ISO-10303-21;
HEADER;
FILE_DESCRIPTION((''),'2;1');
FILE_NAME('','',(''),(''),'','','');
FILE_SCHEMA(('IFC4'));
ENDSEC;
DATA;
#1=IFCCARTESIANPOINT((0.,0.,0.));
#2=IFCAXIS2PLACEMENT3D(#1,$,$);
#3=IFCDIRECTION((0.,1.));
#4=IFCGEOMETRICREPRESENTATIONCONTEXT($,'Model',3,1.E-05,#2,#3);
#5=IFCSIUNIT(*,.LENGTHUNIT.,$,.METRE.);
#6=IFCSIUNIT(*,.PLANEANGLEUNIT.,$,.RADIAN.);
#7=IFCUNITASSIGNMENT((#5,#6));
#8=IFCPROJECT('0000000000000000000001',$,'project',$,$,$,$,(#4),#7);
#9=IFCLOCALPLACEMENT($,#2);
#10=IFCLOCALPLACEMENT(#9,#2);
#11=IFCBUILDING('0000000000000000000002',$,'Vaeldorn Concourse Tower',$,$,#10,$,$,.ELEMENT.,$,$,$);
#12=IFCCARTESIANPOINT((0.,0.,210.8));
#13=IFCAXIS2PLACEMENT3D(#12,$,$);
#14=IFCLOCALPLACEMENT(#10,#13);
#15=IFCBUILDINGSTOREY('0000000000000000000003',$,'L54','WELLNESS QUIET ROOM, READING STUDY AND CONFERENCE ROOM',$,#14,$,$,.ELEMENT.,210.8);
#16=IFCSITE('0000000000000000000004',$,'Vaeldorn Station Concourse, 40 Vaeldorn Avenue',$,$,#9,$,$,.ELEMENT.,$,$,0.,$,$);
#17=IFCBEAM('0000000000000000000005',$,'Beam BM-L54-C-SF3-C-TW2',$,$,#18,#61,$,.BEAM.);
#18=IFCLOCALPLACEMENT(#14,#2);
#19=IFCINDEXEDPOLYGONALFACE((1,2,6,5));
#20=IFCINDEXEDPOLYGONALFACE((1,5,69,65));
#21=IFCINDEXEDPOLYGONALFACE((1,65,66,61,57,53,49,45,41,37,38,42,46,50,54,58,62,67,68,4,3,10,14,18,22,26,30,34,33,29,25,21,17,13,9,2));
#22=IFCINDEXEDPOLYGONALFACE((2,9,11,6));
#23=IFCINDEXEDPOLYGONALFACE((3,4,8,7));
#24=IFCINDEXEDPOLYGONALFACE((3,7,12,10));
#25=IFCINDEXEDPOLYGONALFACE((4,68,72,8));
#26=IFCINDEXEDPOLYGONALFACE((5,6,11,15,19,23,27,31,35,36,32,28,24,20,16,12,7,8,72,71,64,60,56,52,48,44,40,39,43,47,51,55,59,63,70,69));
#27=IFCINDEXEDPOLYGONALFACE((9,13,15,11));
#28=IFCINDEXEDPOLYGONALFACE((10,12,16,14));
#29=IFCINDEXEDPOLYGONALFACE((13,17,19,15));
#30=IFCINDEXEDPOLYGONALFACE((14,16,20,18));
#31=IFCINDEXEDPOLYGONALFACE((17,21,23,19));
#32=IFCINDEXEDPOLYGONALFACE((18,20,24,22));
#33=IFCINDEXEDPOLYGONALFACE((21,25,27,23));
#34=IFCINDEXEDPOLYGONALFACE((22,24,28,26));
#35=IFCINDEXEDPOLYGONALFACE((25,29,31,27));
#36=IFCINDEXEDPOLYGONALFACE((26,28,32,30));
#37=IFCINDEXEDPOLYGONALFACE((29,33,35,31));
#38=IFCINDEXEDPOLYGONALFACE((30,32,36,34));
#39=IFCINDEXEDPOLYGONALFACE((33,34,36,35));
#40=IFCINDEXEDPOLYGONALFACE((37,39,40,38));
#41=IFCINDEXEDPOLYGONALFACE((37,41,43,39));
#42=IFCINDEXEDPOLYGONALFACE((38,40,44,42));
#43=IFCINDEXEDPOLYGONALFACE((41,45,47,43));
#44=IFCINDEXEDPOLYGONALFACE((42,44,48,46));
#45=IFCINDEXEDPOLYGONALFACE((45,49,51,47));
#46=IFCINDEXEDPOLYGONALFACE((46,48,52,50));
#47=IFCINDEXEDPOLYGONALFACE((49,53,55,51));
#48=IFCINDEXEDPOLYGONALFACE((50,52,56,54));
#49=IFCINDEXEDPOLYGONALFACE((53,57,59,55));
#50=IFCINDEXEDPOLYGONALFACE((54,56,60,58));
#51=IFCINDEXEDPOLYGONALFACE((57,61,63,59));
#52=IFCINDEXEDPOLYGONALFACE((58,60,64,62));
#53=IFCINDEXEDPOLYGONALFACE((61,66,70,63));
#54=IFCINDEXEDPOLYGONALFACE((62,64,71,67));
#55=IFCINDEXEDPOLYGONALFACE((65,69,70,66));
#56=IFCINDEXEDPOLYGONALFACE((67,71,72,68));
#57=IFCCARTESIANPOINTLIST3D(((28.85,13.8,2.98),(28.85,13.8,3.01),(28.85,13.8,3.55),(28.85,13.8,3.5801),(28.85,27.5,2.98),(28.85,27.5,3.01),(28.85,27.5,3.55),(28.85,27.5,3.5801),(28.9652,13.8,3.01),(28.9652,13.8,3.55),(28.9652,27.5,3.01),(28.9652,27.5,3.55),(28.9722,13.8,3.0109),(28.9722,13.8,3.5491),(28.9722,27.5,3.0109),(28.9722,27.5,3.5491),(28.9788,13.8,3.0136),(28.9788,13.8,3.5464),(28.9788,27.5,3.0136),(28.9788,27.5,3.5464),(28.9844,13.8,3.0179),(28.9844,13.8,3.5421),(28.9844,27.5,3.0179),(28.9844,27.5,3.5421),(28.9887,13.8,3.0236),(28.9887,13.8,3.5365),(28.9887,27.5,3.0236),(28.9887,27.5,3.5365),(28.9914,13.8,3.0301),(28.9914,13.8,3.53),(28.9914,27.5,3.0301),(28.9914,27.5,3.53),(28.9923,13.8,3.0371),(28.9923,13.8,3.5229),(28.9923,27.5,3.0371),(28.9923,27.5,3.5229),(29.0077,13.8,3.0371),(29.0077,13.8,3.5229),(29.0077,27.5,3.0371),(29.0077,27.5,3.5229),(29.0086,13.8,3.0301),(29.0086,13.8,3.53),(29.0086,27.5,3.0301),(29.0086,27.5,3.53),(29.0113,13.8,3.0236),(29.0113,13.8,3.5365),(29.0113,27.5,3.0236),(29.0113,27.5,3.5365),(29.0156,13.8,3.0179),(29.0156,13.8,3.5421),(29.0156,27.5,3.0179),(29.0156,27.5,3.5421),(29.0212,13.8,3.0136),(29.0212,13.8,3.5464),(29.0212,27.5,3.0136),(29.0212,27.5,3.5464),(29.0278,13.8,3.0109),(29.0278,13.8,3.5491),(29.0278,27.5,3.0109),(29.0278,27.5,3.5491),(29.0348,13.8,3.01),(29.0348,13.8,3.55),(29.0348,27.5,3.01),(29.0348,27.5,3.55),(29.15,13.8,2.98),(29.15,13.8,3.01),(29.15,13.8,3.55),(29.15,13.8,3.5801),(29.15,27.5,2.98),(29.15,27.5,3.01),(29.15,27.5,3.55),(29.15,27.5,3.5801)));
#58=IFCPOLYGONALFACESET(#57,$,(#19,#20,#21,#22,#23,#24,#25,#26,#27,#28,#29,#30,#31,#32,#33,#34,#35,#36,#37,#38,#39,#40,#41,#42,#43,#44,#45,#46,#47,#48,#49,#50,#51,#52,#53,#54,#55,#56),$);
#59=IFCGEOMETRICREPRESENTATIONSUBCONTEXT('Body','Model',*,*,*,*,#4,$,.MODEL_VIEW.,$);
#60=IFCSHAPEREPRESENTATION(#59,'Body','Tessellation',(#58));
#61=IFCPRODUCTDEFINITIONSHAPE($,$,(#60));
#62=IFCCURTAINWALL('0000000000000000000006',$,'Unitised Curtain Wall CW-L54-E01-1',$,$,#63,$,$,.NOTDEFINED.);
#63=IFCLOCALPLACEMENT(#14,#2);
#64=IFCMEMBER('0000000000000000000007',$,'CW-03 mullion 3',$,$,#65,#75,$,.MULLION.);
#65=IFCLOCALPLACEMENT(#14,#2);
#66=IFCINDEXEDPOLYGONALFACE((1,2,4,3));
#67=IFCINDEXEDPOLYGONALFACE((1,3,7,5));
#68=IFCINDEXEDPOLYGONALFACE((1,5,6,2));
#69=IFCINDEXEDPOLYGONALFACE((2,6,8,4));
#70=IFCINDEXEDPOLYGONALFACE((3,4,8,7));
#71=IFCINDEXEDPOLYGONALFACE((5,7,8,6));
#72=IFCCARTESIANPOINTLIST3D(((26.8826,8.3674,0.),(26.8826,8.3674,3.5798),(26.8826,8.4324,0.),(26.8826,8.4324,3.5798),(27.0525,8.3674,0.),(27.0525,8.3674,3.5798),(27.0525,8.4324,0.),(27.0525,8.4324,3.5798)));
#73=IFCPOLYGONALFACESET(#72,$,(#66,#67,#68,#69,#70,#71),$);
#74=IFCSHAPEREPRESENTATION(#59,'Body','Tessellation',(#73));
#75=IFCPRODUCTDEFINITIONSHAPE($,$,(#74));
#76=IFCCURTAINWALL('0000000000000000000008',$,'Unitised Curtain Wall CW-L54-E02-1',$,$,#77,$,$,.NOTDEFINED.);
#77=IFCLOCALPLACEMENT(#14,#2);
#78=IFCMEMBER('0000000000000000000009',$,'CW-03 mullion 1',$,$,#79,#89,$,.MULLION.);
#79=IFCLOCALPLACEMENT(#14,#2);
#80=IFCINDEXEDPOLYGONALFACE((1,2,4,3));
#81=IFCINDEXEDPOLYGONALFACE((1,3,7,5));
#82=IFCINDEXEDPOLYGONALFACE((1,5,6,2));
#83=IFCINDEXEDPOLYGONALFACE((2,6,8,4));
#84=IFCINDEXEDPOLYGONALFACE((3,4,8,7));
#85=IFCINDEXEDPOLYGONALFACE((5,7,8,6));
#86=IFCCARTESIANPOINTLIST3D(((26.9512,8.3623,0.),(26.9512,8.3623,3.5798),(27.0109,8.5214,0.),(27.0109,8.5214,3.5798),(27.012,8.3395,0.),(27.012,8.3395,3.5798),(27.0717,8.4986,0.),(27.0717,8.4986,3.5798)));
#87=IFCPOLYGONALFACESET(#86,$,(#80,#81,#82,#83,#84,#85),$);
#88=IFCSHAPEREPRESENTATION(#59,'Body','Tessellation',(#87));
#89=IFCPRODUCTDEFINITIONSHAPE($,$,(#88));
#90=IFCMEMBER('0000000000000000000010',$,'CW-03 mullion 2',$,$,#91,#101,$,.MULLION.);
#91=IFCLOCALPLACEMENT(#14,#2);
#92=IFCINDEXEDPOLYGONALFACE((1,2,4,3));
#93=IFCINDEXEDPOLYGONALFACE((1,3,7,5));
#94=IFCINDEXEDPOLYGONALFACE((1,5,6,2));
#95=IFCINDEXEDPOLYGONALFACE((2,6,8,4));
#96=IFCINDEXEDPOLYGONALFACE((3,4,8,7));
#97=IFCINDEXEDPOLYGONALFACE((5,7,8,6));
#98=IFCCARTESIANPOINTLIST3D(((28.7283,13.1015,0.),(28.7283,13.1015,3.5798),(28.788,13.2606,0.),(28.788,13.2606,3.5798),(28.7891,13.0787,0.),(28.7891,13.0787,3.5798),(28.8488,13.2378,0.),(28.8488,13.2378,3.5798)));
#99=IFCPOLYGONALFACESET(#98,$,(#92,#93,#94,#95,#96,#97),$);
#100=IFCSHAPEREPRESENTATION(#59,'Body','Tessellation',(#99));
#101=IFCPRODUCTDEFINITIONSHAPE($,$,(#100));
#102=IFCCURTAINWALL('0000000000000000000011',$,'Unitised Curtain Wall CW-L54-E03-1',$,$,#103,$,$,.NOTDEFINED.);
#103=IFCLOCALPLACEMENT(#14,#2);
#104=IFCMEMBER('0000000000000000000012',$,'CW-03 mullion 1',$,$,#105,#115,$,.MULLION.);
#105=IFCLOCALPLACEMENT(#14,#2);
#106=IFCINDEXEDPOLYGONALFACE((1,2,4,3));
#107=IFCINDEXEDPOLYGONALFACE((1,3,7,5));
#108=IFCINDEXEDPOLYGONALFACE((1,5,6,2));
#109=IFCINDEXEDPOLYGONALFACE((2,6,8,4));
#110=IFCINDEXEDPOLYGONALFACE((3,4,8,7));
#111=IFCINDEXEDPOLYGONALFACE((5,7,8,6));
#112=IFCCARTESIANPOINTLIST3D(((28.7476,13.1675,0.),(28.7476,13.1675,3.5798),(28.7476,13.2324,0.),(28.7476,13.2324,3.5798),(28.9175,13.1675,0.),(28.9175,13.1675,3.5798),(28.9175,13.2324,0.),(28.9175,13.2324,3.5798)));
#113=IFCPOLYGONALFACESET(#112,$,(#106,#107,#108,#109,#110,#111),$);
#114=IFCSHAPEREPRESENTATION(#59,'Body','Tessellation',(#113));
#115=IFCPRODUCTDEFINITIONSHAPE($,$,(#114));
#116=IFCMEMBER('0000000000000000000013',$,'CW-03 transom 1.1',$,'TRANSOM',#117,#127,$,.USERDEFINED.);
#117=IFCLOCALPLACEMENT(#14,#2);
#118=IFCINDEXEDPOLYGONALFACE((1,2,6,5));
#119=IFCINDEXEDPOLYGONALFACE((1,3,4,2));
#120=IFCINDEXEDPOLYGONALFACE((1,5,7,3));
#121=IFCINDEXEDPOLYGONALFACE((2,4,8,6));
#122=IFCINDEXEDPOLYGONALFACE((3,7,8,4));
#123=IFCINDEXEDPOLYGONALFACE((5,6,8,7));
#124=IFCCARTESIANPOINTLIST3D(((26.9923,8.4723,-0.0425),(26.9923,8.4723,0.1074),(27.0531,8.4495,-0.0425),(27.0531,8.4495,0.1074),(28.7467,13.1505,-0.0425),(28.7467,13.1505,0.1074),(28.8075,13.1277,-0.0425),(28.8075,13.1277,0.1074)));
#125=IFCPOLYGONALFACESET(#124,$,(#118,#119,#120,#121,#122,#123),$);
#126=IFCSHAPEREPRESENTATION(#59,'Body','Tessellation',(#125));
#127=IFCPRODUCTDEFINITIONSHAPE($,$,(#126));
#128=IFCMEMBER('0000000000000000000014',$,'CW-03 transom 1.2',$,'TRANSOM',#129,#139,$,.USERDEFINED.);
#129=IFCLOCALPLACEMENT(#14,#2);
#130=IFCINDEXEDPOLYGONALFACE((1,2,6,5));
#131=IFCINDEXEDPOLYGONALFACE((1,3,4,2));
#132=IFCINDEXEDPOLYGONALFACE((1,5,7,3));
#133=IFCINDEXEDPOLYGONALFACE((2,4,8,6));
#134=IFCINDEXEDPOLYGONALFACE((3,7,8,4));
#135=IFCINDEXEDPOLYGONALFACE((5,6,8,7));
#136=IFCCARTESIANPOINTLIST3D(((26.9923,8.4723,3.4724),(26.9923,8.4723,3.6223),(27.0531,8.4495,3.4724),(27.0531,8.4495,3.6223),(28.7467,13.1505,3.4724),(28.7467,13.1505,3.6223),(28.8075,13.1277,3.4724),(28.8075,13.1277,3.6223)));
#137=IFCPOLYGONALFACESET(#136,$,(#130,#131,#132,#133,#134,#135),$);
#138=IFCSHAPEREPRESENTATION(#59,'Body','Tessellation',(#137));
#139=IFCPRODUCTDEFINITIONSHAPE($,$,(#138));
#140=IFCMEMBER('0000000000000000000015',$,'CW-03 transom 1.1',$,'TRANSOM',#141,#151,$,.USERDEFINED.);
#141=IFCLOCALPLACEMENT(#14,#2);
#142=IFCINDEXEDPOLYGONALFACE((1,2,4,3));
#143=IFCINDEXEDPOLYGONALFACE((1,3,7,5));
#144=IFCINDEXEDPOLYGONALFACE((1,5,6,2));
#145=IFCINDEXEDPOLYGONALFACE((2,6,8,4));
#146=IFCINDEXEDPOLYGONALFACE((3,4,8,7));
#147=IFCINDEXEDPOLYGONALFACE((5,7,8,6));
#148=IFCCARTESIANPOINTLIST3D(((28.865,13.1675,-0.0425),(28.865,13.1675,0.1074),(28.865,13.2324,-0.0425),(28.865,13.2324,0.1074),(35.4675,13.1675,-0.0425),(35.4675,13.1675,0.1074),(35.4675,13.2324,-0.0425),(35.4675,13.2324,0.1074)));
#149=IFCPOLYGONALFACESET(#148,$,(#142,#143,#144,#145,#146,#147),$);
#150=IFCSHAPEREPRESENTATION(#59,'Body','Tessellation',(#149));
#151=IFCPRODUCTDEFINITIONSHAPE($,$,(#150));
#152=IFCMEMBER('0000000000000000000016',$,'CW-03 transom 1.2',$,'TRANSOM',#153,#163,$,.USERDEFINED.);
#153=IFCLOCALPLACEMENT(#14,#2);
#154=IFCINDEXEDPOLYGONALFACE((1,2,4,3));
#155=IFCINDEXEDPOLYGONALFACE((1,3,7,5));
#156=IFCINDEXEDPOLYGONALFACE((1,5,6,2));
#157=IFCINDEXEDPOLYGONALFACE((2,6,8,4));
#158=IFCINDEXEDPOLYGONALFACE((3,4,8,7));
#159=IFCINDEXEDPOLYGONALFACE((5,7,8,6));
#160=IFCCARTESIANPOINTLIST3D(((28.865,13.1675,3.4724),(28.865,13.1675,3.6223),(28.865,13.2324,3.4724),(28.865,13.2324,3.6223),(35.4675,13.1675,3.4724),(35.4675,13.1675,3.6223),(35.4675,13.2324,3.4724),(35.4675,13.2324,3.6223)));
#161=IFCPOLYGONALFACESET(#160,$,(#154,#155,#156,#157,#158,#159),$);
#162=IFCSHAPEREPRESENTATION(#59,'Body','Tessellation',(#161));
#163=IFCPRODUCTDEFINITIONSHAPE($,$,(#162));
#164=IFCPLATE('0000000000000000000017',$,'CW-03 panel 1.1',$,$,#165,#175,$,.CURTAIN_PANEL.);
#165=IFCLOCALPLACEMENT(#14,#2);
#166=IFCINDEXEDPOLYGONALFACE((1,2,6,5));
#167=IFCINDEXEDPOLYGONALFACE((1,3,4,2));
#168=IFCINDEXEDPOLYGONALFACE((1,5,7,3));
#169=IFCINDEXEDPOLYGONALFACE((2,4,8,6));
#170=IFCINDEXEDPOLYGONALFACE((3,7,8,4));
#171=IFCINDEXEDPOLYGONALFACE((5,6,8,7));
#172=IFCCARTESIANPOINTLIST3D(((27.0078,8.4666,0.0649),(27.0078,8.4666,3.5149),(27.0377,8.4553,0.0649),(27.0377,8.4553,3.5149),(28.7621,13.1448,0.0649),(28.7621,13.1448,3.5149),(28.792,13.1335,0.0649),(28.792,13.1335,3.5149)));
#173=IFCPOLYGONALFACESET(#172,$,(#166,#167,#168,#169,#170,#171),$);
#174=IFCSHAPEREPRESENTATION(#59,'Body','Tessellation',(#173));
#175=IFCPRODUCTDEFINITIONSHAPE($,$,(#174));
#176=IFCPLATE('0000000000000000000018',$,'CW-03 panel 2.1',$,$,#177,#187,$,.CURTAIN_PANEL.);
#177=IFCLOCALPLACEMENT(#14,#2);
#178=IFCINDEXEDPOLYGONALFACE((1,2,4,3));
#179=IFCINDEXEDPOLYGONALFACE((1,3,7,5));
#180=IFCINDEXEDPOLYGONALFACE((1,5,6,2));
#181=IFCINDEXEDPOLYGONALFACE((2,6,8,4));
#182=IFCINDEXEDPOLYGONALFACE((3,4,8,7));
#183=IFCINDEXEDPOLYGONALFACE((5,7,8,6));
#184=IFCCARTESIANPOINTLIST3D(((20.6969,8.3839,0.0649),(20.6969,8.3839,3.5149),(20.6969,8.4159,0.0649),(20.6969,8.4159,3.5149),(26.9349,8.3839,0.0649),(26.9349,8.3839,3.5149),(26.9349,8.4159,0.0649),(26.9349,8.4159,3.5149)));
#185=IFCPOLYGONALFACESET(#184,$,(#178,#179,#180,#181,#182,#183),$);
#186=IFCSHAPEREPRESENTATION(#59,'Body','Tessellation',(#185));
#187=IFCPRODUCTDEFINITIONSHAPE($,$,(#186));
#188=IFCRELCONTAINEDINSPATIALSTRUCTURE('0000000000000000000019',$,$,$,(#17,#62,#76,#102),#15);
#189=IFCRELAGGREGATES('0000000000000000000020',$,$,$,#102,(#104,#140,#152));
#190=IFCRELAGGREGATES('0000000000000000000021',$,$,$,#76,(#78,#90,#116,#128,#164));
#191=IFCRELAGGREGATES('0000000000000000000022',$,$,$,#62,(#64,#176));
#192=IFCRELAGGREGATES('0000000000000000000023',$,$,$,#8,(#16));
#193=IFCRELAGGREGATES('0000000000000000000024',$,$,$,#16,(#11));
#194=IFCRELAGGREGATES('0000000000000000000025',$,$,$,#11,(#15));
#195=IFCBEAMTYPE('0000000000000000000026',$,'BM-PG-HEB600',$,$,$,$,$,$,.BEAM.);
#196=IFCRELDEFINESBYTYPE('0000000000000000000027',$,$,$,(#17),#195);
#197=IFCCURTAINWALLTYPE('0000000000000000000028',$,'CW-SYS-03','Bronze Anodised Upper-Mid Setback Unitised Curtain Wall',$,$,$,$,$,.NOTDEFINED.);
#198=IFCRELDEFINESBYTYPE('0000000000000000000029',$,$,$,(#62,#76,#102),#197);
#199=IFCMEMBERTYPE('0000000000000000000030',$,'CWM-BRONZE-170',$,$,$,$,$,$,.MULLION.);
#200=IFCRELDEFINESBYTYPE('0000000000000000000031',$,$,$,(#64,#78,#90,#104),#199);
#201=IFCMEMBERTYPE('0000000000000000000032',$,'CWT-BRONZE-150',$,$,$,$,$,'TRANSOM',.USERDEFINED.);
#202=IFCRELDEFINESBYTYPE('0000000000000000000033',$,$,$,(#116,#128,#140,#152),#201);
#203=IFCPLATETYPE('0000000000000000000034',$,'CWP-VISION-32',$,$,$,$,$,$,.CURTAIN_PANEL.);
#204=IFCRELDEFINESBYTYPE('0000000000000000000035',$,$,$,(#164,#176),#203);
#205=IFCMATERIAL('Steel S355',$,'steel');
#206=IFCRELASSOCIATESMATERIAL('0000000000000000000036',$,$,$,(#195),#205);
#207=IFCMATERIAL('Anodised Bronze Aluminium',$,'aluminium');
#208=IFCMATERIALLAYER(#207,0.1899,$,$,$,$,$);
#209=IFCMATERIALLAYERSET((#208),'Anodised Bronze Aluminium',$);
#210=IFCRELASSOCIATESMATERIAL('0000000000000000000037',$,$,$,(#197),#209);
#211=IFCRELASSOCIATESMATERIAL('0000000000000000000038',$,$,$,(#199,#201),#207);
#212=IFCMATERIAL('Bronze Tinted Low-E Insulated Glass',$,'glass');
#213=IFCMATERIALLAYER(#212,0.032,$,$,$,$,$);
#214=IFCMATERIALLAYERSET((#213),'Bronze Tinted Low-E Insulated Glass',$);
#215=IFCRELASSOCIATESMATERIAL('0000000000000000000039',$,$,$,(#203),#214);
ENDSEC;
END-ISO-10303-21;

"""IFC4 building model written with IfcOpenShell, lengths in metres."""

from ifc_helpers import new_model, si_unit, direction, frame, origin, origin_2d, place, context, subcontext, project, spatial, rectangle, i_section, extrude, source, transform, mapped, material, layer, layer_set, material_profile, profile_set, type_object, element, aggregate, save


model = new_model("IFC4")

# Units and contexts
model_context = context("Model", 3, precision=1e-05, world=origin(), true_north=direction((0.0, 1.0)))
body_context = subcontext(model_context, "Body", "Model", "MODEL_VIEW")
ifc_project = project(units=[si_unit("LENGTHUNIT", "METRE"), si_unit("PLANEANGLEUNIT", "RADIAN")], contexts=[model_context])

# Site, building, storey
site_placement = place(None, origin())
site = spatial("IfcSite", under=ifc_project, at=site_placement, Name="Vaeldorn Station Concourse, 40 Vaeldorn Avenue", CompositionType="ELEMENT", RefElevation=0.0)
building_placement = place(site_placement, origin())
building = spatial("IfcBuilding", under=site, at=building_placement, Name="Vaeldorn Concourse Tower", CompositionType="ELEMENT")
storey_placement = place(building_placement, frame((0.0, 0.0, 210.8)))
storey = spatial("IfcBuildingStorey", under=building, at=storey_placement, Name="L54", Description="WELLNESS QUIET ROOM, READING STUDY AND CONFERENCE ROOM", CompositionType="ELEMENT", Elevation=210.8)

# Shared definitions
ifc_material_1 = material(Name="Steel S355", Category="steel")

# Beam
ifc_material_profile_1 = material_profile(ifc_material_1, i_section(OverallWidth=0.3, OverallDepth=0.6001, WebThickness=0.0154, FlangeThickness=0.03, FilletRadius=0.0271, at=origin_2d()), Name="HEB 600")
ifc_profile_set_1 = profile_set([ifc_material_profile_1], Name="Steel S355")
beam_type_1 = type_object("IfcBeamType", Name="BM-PG-HEB600", PredefinedType="BEAM", material=ifc_profile_set_1)
shared_shape_1 = source(origin(), body_context, "Body", "SweptSolid", [
    extrude(i_section(OverallWidth=0.3, OverallDepth=0.6001, WebThickness=0.0154, FlangeThickness=0.03, FilletRadius=0.0271, at=origin_2d()), origin(), (0.0, 0.0, 1.0), 13.7),
])
beam_1_placement = place(storey_placement, frame((29.0, 13.8, 3.28), z_axis=(0.0, 1.0, 0.0), x_axis=(-1.0, 0.0, 0.0)))
element("IfcBeam", 1, at=beam_1_placement, inside=storey, type_object=beam_type_1, Name="Beam BM-L54-C-SF3-C-TW2", PredefinedType="BEAM", context=body_context, shape_type="MappedRepresentation", body=[
    mapped(shared_shape_1, transform((0.0, 0.0, 0.0), scale=1.0)),
])

# Curtain wall, member
ifc_material_2 = material(Name="Anodised Bronze Aluminium", Category="aluminium")
ifc_layer_1 = layer(ifc_material_2, 0.1899)
ifc_layer_set_1 = layer_set([ifc_layer_1], Name="Anodised Bronze Aluminium")
curtain_wall_type = type_object("IfcCurtainWallType", Name="CW-SYS-03", Description="Bronze Anodised Upper-Mid Setback Unitised Curtain Wall", PredefinedType="NOTDEFINED", material=ifc_layer_set_1)
curtain_wall_1_placement = place(storey_placement, origin())
curtain_wall_1 = element("IfcCurtainWall", 2, at=curtain_wall_1_placement, inside=storey, type_object=curtain_wall_type, Name="Unitised Curtain Wall CW-L54-E01-1", PredefinedType="NOTDEFINED")
ifc_material_profile_2 = material_profile(ifc_material_2, rectangle(XDim=0.0649, YDim=0.1699, at=origin_2d()), Name="CWM 65x170")
ifc_profile_set_2 = profile_set([ifc_material_profile_2], Name="Anodised Bronze Aluminium")
member_type_1 = type_object("IfcMemberType", Name="CWM-BRONZE-170", PredefinedType="MULLION", material=ifc_profile_set_2)
shared_shape_2 = source(origin(), body_context, "Body", "SweptSolid", [
    extrude(rectangle(XDim=0.0649, YDim=0.1699, at=origin_2d()), origin(), (0.0, 0.0, 1.0), 3.5798),
])
member_1_placement = place(storey_placement, frame((26.9675, 8.3999, 0.0), z_axis=(0.0, 0.0, 1.0), x_axis=(0.0, 1.0, 0.0)))
member_1 = element("IfcMember", 3, at=member_1_placement, type_object=member_type_1, Name="CW-03 mullion 3", PredefinedType="MULLION", context=body_context, shape_type="MappedRepresentation", body=[
    mapped(shared_shape_2, transform((0.0, 0.0, 0.0), scale=1.0)),
])

# Curtain wall, members
curtain_wall_2_placement = place(storey_placement, origin())
curtain_wall_2 = element("IfcCurtainWall", 4, at=curtain_wall_2_placement, inside=storey, type_object=curtain_wall_type, Name="Unitised Curtain Wall CW-L54-E02-1", PredefinedType="NOTDEFINED")
member_2_placement = place(storey_placement, frame((27.0115, 8.4304, 0.0), z_axis=(0.0, 0.0, 1.0), x_axis=(-0.936329, 0.351123, 0.0)))
member_2 = element("IfcMember", 5, at=member_2_placement, type_object=member_type_1, Name="CW-03 mullion 1", PredefinedType="MULLION", context=body_context, shape_type="MappedRepresentation", body=[
    mapped(shared_shape_2, transform((0.0, 0.0, 0.0), scale=1.0)),
])
member_3_placement = place(storey_placement, frame((28.7886, 13.1697, 0.0), z_axis=(0.0, 0.0, 1.0), x_axis=(-0.936329, 0.351123, 0.0)))
member_3 = element("IfcMember", 6, at=member_3_placement, type_object=member_type_1, Name="CW-03 mullion 2", PredefinedType="MULLION", context=body_context, shape_type="MappedRepresentation", body=[
    mapped(shared_shape_2, transform((0.0, 0.0, 0.0), scale=1.0)),
])

# Curtain wall, member
curtain_wall_3_placement = place(storey_placement, origin())
curtain_wall_3 = element("IfcCurtainWall", 7, at=curtain_wall_3_placement, inside=storey, type_object=curtain_wall_type, Name="Unitised Curtain Wall CW-L54-E03-1", PredefinedType="NOTDEFINED")
member_4_placement = place(storey_placement, frame((28.8325, 13.2, 0.0), z_axis=(0.0, 0.0, 1.0), x_axis=(0.0, 1.0, 0.0)))
member_4 = element("IfcMember", 8, at=member_4_placement, type_object=member_type_1, Name="CW-03 mullion 1", PredefinedType="MULLION", context=body_context, shape_type="MappedRepresentation", body=[
    mapped(shared_shape_2, transform((0.0, 0.0, 0.0), scale=1.0)),
])

# Members
ifc_material_profile_3 = material_profile(ifc_material_2, rectangle(XDim=0.0649, YDim=0.1499, at=origin_2d()), Name="CWT 65x150")
ifc_profile_set_3 = profile_set([ifc_material_profile_3], Name="Anodised Bronze Aluminium")
member_type_2 = type_object("IfcMemberType", Name="CWT-BRONZE-150", ElementType="TRANSOM", PredefinedType="USERDEFINED", material=ifc_profile_set_3)
shared_shape_3 = source(origin(), body_context, "Body", "SweptSolid", [
    extrude(rectangle(XDim=0.0649, YDim=0.1499, at=origin_2d()), origin(), (0.0, 0.0, 1.0), 4.9963),
])
member_5_placement = place(storey_placement, frame((27.0227, 8.4609, 0.0325), z_axis=(0.351134, 0.936325, 0.0), x_axis=(-0.936325, 0.351134, 0.0)))
member_5 = element("IfcMember", 9, at=member_5_placement, type_object=member_type_2, Name="CW-03 transom 1.1", ObjectType="TRANSOM", PredefinedType="USERDEFINED", context=body_context, shape_type="MappedRepresentation", body=[
    mapped(shared_shape_3, transform((0.0, 0.0, 0.0), scale=1.0)),
])
member_6_placement = place(storey_placement, frame((27.0227, 8.4609, 3.5474), z_axis=(0.351134, 0.936325, 0.0), x_axis=(-0.936325, 0.351134, 0.0)))
member_6 = element("IfcMember", 10, at=member_6_placement, type_object=member_type_2, Name="CW-03 transom 1.2", ObjectType="TRANSOM", PredefinedType="USERDEFINED", context=body_context, shape_type="MappedRepresentation", body=[
    mapped(shared_shape_3, transform((0.0, 0.0, 0.0), scale=1.0)),
])
shared_shape_4 = source(origin(), body_context, "Body", "SweptSolid", [
    extrude(rectangle(XDim=0.0649, YDim=0.1499, at=origin_2d()), origin(), (0.0, 0.0, 1.0), 6.6025),
])
member_7_placement = place(storey_placement, frame((28.865, 13.2, 0.0325), z_axis=(1.0, 0.0, 0.0), x_axis=(0.0, 1.0, 0.0)))
member_7 = element("IfcMember", 11, at=member_7_placement, type_object=member_type_2, Name="CW-03 transom 1.1", ObjectType="TRANSOM", PredefinedType="USERDEFINED", context=body_context, shape_type="MappedRepresentation", body=[
    mapped(shared_shape_4, transform((0.0, 0.0, 0.0), scale=1.0)),
])
member_8_placement = place(storey_placement, frame((28.865, 13.2, 3.5474), z_axis=(1.0, 0.0, 0.0), x_axis=(0.0, 1.0, 0.0)))
member_8 = element("IfcMember", 12, at=member_8_placement, type_object=member_type_2, Name="CW-03 transom 1.2", ObjectType="TRANSOM", PredefinedType="USERDEFINED", context=body_context, shape_type="MappedRepresentation", body=[
    mapped(shared_shape_4, transform((0.0, 0.0, 0.0), scale=1.0)),
])
aggregate(curtain_wall_3, [member_4, member_7, member_8])

# Plates
ifc_material_3 = material(Name="Bronze Tinted Low-E Insulated Glass", Category="glass")
ifc_layer_2 = layer(ifc_material_3, 0.032)
ifc_layer_set_2 = layer_set([ifc_layer_2], Name="Bronze Tinted Low-E Insulated Glass")
plate_type = type_object("IfcPlateType", Name="CWP-VISION-32", PredefinedType="CURTAIN_PANEL", material=ifc_layer_set_2)
shared_shape_5 = source(origin(), body_context, "Body", "SweptSolid", [
    extrude(rectangle(XDim=4.9963, YDim=0.032, at=origin_2d()), origin(), (0.0, 0.0, 1.0), 3.45),
])
plate_1_placement = place(storey_placement, frame((27.8999, 10.8, 0.0649), z_axis=(0.0, 0.0, 1.0), x_axis=(0.351123, 0.936329, 0.0)))
plate_1 = element("IfcPlate", 13, at=plate_1_placement, type_object=plate_type, Name="CW-03 panel 1.1", PredefinedType="CURTAIN_PANEL", context=body_context, shape_type="MappedRepresentation", body=[
    mapped(shared_shape_5, transform((0.0, 0.0, 0.0), scale=1.0)),
])
aggregate(curtain_wall_2, [member_2, member_3, member_5, member_6, plate_1])
shared_shape_6 = source(origin(), body_context, "Body", "SweptSolid", [
    extrude(rectangle(XDim=6.238, YDim=0.032, at=origin_2d()), origin(), (0.0, 0.0, 1.0), 3.45),
])
plate_2_placement = place(storey_placement, frame((23.8159, 8.3999, 0.0649), z_axis=(0.0, 0.0, 1.0), x_axis=(1.0, 0.0, 0.0)))
plate_2 = element("IfcPlate", 14, at=plate_2_placement, type_object=plate_type, Name="CW-03 panel 2.1", PredefinedType="CURTAIN_PANEL", context=body_context, shape_type="MappedRepresentation", body=[
    mapped(shared_shape_6, transform((0.0, 0.0, 0.0), scale=1.0)),
])
aggregate(curtain_wall_1, [member_1, plate_2])

save(model, "model.ifc")
